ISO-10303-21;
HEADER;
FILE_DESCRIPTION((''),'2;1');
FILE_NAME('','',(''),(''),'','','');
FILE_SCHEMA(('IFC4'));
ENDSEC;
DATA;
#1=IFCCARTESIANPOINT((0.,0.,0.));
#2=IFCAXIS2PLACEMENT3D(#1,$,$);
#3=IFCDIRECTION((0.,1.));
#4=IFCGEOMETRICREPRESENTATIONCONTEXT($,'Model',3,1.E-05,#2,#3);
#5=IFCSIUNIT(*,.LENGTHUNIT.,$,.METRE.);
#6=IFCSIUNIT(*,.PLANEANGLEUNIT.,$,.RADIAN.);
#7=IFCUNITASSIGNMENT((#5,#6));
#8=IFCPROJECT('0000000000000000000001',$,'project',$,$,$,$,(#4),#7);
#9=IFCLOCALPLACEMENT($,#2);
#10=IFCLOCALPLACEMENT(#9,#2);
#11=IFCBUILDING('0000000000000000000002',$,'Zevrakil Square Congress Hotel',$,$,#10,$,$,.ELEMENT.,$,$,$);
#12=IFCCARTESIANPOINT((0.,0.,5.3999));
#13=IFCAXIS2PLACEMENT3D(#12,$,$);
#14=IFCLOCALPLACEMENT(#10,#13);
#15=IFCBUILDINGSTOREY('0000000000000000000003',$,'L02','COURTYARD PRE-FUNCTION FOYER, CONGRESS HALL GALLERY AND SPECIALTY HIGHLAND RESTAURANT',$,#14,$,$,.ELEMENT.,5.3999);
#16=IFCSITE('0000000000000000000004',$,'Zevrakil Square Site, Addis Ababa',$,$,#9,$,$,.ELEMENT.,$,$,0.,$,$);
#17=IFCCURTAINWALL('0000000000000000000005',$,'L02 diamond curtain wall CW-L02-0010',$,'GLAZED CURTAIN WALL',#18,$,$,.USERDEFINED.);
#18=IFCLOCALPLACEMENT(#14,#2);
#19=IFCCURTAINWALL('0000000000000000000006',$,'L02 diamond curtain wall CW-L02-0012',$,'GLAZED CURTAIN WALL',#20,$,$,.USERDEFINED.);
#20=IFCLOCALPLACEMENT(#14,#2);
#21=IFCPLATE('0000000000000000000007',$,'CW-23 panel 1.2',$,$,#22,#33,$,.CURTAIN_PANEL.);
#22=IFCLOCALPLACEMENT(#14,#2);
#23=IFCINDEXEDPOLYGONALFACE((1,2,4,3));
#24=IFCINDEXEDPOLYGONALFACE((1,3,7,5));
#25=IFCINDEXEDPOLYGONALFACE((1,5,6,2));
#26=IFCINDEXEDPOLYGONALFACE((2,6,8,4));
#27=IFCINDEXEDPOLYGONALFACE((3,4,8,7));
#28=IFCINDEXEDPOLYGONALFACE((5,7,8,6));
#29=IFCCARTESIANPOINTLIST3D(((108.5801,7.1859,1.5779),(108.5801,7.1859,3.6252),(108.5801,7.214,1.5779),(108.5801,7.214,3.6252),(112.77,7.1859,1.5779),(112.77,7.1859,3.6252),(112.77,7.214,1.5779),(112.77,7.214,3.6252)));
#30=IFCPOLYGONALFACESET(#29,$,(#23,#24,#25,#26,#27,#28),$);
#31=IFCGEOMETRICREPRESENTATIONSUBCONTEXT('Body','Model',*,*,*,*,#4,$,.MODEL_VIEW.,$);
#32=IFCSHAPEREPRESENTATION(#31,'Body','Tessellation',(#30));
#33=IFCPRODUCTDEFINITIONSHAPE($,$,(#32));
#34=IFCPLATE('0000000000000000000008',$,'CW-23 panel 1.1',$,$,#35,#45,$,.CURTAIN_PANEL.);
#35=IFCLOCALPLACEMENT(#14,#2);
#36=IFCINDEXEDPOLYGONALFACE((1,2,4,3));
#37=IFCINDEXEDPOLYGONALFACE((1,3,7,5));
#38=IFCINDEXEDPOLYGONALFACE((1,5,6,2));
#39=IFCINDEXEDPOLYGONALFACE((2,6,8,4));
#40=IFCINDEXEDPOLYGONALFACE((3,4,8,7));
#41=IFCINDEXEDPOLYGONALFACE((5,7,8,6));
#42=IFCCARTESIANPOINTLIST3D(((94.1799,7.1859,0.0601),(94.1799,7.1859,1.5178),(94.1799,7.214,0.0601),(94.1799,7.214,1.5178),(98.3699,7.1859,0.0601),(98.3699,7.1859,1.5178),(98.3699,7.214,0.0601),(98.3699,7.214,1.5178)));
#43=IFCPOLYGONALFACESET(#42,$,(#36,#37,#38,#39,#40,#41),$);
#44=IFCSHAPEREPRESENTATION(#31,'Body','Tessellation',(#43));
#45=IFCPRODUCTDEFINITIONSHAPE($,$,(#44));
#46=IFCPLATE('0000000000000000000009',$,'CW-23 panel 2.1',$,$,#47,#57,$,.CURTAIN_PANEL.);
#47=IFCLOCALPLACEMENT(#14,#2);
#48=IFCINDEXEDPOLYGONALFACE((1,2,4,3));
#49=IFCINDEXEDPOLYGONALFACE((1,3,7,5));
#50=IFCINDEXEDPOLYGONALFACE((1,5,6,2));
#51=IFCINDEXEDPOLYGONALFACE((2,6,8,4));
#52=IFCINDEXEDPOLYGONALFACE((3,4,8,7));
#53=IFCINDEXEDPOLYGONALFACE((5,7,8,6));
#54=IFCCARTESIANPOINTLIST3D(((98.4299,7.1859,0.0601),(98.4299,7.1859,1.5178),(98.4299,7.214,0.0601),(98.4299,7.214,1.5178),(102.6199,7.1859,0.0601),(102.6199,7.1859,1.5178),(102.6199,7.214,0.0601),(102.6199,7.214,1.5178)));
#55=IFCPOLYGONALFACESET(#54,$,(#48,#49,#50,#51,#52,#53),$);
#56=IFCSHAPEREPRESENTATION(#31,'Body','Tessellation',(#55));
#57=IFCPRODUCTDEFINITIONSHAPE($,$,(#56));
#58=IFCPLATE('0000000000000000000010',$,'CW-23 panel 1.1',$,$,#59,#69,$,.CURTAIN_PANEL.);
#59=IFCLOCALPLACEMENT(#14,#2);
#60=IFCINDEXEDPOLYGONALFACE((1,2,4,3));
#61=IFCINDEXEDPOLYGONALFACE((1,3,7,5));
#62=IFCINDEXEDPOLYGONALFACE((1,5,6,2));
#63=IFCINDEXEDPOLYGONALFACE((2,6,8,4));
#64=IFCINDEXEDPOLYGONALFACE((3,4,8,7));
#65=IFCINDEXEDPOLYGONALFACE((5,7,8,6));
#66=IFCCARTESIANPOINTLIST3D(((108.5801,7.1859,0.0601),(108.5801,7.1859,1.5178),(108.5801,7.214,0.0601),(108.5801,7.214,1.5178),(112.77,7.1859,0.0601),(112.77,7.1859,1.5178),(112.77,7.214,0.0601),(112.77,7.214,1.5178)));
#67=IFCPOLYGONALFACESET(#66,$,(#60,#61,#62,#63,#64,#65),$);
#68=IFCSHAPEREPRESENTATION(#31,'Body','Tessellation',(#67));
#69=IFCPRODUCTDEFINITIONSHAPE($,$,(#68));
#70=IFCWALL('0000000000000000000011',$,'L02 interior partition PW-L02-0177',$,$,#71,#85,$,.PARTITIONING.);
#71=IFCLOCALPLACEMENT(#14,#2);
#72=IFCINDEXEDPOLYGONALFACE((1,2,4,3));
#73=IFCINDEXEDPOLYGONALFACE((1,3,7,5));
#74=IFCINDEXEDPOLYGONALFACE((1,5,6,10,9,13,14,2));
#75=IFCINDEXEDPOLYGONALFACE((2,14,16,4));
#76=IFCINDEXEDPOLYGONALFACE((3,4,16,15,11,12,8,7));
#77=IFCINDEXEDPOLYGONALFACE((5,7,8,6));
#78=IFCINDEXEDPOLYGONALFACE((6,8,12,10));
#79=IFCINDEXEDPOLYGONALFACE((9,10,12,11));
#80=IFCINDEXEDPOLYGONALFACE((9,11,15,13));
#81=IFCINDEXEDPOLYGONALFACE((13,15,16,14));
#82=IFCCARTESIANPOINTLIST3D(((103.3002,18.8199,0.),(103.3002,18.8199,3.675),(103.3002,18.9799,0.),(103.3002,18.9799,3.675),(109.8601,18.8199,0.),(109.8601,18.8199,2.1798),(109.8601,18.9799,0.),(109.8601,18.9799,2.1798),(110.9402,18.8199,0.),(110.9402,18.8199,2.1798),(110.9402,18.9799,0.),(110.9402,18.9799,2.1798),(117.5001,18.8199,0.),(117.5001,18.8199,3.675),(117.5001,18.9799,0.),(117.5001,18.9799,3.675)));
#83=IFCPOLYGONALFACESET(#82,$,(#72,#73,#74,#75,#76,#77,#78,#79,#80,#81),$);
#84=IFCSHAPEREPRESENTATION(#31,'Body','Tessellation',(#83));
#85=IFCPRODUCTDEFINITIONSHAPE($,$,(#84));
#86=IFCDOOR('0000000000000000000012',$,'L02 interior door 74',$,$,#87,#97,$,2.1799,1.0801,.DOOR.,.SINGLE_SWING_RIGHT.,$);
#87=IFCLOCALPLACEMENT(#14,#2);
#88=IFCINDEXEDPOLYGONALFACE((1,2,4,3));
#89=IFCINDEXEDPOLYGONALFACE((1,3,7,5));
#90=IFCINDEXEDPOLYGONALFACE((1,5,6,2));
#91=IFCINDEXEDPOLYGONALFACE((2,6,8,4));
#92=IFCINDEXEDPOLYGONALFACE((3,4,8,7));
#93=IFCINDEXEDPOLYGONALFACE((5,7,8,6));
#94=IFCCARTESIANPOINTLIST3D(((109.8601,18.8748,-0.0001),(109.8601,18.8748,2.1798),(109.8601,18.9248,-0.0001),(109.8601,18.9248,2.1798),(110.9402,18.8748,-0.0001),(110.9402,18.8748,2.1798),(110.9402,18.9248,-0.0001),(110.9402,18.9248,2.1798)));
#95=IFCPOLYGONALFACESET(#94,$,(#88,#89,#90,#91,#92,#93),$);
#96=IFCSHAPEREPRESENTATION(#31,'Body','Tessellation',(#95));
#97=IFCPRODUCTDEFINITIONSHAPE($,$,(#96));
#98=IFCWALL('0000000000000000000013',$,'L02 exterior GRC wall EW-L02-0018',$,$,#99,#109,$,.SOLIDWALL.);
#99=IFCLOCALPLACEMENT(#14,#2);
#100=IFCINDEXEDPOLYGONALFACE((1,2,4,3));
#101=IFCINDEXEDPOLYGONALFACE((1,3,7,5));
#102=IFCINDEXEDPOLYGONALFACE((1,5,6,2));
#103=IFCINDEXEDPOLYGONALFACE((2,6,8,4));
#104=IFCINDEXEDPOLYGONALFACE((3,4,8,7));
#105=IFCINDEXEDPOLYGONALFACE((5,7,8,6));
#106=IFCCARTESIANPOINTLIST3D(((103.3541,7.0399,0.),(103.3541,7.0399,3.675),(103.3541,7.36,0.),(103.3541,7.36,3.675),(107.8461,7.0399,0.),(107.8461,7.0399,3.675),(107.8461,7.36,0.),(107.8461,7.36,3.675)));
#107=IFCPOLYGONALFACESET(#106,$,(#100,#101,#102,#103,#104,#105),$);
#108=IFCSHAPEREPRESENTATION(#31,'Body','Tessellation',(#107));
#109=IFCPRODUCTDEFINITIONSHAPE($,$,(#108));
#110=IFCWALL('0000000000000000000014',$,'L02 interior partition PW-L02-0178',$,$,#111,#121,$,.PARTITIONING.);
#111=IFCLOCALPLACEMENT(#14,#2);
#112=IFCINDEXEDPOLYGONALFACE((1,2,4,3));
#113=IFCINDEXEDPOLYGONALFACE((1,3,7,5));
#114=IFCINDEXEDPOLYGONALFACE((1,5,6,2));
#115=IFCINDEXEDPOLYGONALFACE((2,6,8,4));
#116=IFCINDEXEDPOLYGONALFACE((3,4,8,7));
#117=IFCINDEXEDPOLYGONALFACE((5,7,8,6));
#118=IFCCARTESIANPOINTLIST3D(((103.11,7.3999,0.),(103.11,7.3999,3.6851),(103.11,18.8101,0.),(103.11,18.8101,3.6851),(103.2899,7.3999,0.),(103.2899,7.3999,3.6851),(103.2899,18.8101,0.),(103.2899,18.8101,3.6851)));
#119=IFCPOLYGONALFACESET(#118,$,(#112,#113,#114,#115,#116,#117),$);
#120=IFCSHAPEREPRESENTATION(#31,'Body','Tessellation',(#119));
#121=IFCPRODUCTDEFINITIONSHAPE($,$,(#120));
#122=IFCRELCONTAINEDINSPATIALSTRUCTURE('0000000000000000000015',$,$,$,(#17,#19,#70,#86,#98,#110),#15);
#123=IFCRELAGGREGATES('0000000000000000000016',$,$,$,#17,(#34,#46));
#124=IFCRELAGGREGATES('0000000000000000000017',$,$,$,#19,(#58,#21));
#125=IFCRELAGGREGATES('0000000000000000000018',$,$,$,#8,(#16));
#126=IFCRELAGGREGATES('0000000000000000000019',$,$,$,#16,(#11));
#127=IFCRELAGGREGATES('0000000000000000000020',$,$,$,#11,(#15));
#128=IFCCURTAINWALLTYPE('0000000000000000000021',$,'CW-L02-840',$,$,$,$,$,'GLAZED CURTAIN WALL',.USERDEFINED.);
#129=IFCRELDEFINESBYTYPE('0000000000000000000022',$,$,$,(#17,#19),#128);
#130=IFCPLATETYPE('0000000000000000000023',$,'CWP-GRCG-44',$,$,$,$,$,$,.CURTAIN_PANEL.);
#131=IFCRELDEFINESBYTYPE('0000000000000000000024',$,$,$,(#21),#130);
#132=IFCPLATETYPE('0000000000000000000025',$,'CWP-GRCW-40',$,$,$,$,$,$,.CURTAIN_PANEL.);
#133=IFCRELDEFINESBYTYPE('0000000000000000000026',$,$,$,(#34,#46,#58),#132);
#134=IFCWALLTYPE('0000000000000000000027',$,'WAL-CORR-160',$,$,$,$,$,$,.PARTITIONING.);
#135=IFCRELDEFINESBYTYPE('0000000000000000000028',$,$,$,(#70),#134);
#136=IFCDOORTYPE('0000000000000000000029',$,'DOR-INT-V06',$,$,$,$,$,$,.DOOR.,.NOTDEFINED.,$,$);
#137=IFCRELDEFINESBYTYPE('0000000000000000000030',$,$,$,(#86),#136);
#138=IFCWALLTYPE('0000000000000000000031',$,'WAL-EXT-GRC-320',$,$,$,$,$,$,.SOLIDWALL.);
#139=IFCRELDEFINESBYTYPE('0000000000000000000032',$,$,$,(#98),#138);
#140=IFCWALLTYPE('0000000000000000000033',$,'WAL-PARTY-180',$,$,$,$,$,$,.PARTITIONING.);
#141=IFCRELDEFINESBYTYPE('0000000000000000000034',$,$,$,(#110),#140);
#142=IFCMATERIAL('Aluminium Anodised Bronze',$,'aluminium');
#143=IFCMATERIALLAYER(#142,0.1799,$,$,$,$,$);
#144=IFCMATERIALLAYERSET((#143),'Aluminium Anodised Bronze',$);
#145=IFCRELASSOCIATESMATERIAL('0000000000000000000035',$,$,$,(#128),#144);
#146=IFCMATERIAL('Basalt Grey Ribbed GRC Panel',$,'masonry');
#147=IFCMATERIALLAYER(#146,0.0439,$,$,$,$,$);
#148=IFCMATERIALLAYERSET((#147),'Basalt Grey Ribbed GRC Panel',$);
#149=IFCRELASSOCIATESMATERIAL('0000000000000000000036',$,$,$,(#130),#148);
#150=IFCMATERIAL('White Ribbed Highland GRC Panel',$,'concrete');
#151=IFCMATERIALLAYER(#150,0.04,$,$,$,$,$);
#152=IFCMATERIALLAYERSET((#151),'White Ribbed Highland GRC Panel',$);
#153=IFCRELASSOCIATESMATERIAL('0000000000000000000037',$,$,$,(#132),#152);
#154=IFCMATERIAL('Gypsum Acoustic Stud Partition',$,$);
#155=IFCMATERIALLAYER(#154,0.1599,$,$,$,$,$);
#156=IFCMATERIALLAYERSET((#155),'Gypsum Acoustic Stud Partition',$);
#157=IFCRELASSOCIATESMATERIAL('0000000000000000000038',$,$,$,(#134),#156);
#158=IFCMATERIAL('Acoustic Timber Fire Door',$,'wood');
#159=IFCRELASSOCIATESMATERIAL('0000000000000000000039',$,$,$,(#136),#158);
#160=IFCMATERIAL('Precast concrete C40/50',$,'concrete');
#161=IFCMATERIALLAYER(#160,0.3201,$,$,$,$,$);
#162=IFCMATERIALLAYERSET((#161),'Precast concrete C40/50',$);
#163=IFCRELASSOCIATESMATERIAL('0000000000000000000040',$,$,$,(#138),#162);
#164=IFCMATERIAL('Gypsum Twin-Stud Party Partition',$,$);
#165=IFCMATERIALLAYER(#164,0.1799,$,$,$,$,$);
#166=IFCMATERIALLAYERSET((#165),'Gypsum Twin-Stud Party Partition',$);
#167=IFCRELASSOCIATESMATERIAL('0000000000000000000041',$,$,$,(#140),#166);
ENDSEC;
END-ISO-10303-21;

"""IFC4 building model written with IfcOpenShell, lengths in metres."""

from ifc_helpers import new_model, si_unit, direction, frame, frame_2d, origin, origin_2d, place, context, subcontext, project, spatial, rectangle, extrude, material, layer, layer_set, type_object, element, fill, aggregate, save


model = new_model("IFC4")

# Units and contexts
model_context = context("Model", 3, precision=1e-05, world=origin(), true_north=direction((0.0, 1.0)))
body_context = subcontext(model_context, "Body", "Model", "MODEL_VIEW")
ifc_project = project(units=[si_unit("LENGTHUNIT", "METRE"), si_unit("PLANEANGLEUNIT", "RADIAN")], contexts=[model_context])

# Site, building, storey
site_placement = place(None, origin())
site = spatial("IfcSite", under=ifc_project, at=site_placement, Name="Zevrakil Square Site, Addis Ababa", CompositionType="ELEMENT", RefElevation=0.0)
building_placement = place(site_placement, origin())
building = spatial("IfcBuilding", under=site, at=building_placement, Name="Zevrakil Square Congress Hotel", CompositionType="ELEMENT")
storey_placement = place(building_placement, frame((0.0, 0.0, 5.3999)))
storey = spatial("IfcBuildingStorey", under=building, at=storey_placement, Name="L02", Description="COURTYARD PRE-FUNCTION FOYER, CONGRESS HALL GALLERY AND SPECIALTY HIGHLAND RESTAURANT", CompositionType="ELEMENT", Elevation=5.3999)

# Curtain walls
ifc_material_1 = material(Name="Aluminium Anodised Bronze", Category="aluminium")
ifc_layer_1 = layer(ifc_material_1, 0.1799)
ifc_layer_set_1 = layer_set([ifc_layer_1], Name="Aluminium Anodised Bronze")
curtain_wall_type = type_object("IfcCurtainWallType", Name="CW-L02-840", ElementType="GLAZED CURTAIN WALL", PredefinedType="USERDEFINED", material=ifc_layer_set_1)
curtain_wall_1_placement = place(storey_placement, origin())
curtain_wall_1 = element("IfcCurtainWall", 1, at=curtain_wall_1_placement, inside=storey, type_object=curtain_wall_type, Name="L02 diamond curtain wall CW-L02-0010", ObjectType="GLAZED CURTAIN WALL", PredefinedType="USERDEFINED")
curtain_wall_2_placement = place(storey_placement, origin())
curtain_wall_2 = element("IfcCurtainWall", 2, at=curtain_wall_2_placement, inside=storey, type_object=curtain_wall_type, Name="L02 diamond curtain wall CW-L02-0012", ObjectType="GLAZED CURTAIN WALL", PredefinedType="USERDEFINED")

# Plates
ifc_material_2 = material(Name="Basalt Grey Ribbed GRC Panel", Category="masonry")
ifc_layer_2 = layer(ifc_material_2, 0.0439)
ifc_layer_set_2 = layer_set([ifc_layer_2], Name="Basalt Grey Ribbed GRC Panel")
plate_type_1 = type_object("IfcPlateType", Name="CWP-GRCG-44", PredefinedType="CURTAIN_PANEL", material=ifc_layer_set_2)
plate_1_placement = place(storey_placement, frame((110.675, 7.2, 1.5779), z_axis=(0.0, 0.0, 1.0), x_axis=(1.0, 0.0, 0.0)))
plate_1 = element("IfcPlate", 3, at=plate_1_placement, type_object=plate_type_1, Name="CW-23 panel 1.2", PredefinedType="CURTAIN_PANEL", context=body_context, shape_type="SweptSolid", body=[
    extrude(rectangle(XDim=4.1899, YDim=0.0281, at=origin_2d()), origin(), (0.0, 0.0, 1.0), 2.0474),
])
ifc_material_3 = material(Name="White Ribbed Highland GRC Panel", Category="concrete")
ifc_layer_3 = layer(ifc_material_3, 0.04)
ifc_layer_set_3 = layer_set([ifc_layer_3], Name="White Ribbed Highland GRC Panel")
plate_type_2 = type_object("IfcPlateType", Name="CWP-GRCW-40", PredefinedType="CURTAIN_PANEL", material=ifc_layer_set_3)
plate_2_placement = place(storey_placement, frame((96.2749, 7.2, 0.0601), z_axis=(0.0, 0.0, 1.0), x_axis=(1.0, 0.0, 0.0)))
plate_2 = element("IfcPlate", 4, at=plate_2_placement, type_object=plate_type_2, Name="CW-23 panel 1.1", PredefinedType="CURTAIN_PANEL", context=body_context, shape_type="SweptSolid", body=[
    extrude(rectangle(XDim=4.1899, YDim=0.0281, at=origin_2d()), origin(), (0.0, 0.0, 1.0), 1.4578),
])
plate_3_placement = place(storey_placement, frame((100.5249, 7.2, 0.0601), z_axis=(0.0, 0.0, 1.0), x_axis=(1.0, 0.0, 0.0)))
plate_3 = element("IfcPlate", 5, at=plate_3_placement, type_object=plate_type_2, Name="CW-23 panel 2.1", PredefinedType="CURTAIN_PANEL", context=body_context, shape_type="SweptSolid", body=[
    extrude(rectangle(XDim=4.1899, YDim=0.0281, at=origin_2d()), origin(), (0.0, 0.0, 1.0), 1.4578),
])
aggregate(curtain_wall_1, [plate_2, plate_3])
plate_4_placement = place(storey_placement, frame((110.675, 7.2, 0.0601), z_axis=(0.0, 0.0, 1.0), x_axis=(1.0, 0.0, 0.0)))
plate_4 = element("IfcPlate", 6, at=plate_4_placement, type_object=plate_type_2, Name="CW-23 panel 1.1", PredefinedType="CURTAIN_PANEL", context=body_context, shape_type="SweptSolid", body=[
    extrude(rectangle(XDim=4.1899, YDim=0.0281, at=origin_2d()), origin(), (0.0, 0.0, 1.0), 1.4578),
])
aggregate(curtain_wall_2, [plate_4, plate_1])

# Wall, opening, door
ifc_material_4 = material(Name="Gypsum Acoustic Stud Partition")
ifc_layer_4 = layer(ifc_material_4, 0.1599)
ifc_layer_set_4 = layer_set([ifc_layer_4], Name="Gypsum Acoustic Stud Partition")
wall_type_1 = type_object("IfcWallType", Name="WAL-CORR-160", PredefinedType="PARTITIONING", material=ifc_layer_set_4)
wall_1_placement = place(storey_placement, frame((103.3, 18.8999, 0.0), z_axis=(0.0, 0.0, 1.0), x_axis=(1.0, 0.0, 0.0)))
wall_1 = element("IfcWall", 7, at=wall_1_placement, inside=storey, type_object=wall_type_1, Name="L02 interior partition PW-L02-0177", PredefinedType="PARTITIONING", context=body_context, shape_type="SweptSolid", body=[
    extrude(rectangle(XDim=14.2, YDim=0.1599, at=frame_2d((7.1001, 0.0))), origin(), (0.0, 0.0, 1.0), 3.675),
])
opening_placement = place(wall_1_placement, frame((6.5601, 0.0, 0.0)))
opening = element("IfcOpeningElement", 8, at=opening_placement, cuts=wall_1, PredefinedType="OPENING", context=body_context, shape_type="SweptSolid", body=[
    extrude(rectangle(XDim=1.0801, YDim=2.1799, at=frame_2d((0.54, 1.0898))), frame((0.0, 0.0898, 0.0), z_axis=(0.0, -1.0, 0.0), x_axis=(1.0, 0.0, 0.0)), (0.0, 0.0, 1.0), 0.1799),
])
ifc_material_5 = material(Name="Acoustic Timber Fire Door", Category="wood")
door_type = type_object("IfcDoorType", Name="DOR-INT-V06", OperationType="NOTDEFINED", PredefinedType="DOOR", material=ifc_material_5)
door_placement = place(opening_placement, origin())
door = element("IfcDoor", 9, at=door_placement, inside=storey, type_object=door_type, Name="L02 interior door 74", OperationType="SINGLE_SWING_RIGHT", OverallHeight=2.1799, OverallWidth=1.0801, PredefinedType="DOOR", context=body_context, shape_type="SweptSolid", body=[
    extrude(rectangle(XDim=1.0801, YDim=2.1799, at=frame_2d((0.54, 1.0898))), frame((0.0, 0.0249, 0.0), z_axis=(0.0, -1.0, 0.0), x_axis=(1.0, 0.0, 0.0)), (0.0, 0.0, 1.0), 0.05),
])
fill(opening, door)

# Walls
ifc_material_6 = material(Name="Precast concrete C40/50", Category="concrete")
ifc_layer_5 = layer(ifc_material_6, 0.3201)
ifc_layer_set_5 = layer_set([ifc_layer_5], Name="Precast concrete C40/50")
wall_type_2 = type_object("IfcWallType", Name="WAL-EXT-GRC-320", PredefinedType="SOLIDWALL", material=ifc_layer_set_5)
wall_2_placement = place(storey_placement, frame((103.354, 7.2, 0.0), z_axis=(0.0, 0.0, 1.0), x_axis=(1.0, 0.0, 0.0)))
element("IfcWall", 10, at=wall_2_placement, inside=storey, type_object=wall_type_2, Name="L02 exterior GRC wall EW-L02-0018", PredefinedType="SOLIDWALL", context=body_context, shape_type="SweptSolid", body=[
    extrude(rectangle(XDim=4.4919, YDim=0.3201, at=frame_2d((2.2461, 0.0))), origin(), (0.0, 0.0, 1.0), 3.675),
])
ifc_material_7 = material(Name="Gypsum Twin-Stud Party Partition")
ifc_layer_6 = layer(ifc_material_7, 0.1799)
ifc_layer_set_6 = layer_set([ifc_layer_6], Name="Gypsum Twin-Stud Party Partition")
wall_type_3 = type_object("IfcWallType", Name="WAL-PARTY-180", PredefinedType="PARTITIONING", material=ifc_layer_set_6)
wall_3_placement = place(storey_placement, frame((103.2, 7.3999, 0.0), z_axis=(0.0, 0.0, 1.0), x_axis=(0.0, 1.0, 0.0)))
element("IfcWall", 11, at=wall_3_placement, inside=storey, type_object=wall_type_3, Name="L02 interior partition PW-L02-0178", PredefinedType="PARTITIONING", context=body_context, shape_type="SweptSolid", body=[
    extrude(rectangle(XDim=11.4102, YDim=0.1799, at=frame_2d((5.7051, 0.0))), origin(), (0.0, 0.0, 1.0), 3.6851),
])

save(model, "model.ifc")
